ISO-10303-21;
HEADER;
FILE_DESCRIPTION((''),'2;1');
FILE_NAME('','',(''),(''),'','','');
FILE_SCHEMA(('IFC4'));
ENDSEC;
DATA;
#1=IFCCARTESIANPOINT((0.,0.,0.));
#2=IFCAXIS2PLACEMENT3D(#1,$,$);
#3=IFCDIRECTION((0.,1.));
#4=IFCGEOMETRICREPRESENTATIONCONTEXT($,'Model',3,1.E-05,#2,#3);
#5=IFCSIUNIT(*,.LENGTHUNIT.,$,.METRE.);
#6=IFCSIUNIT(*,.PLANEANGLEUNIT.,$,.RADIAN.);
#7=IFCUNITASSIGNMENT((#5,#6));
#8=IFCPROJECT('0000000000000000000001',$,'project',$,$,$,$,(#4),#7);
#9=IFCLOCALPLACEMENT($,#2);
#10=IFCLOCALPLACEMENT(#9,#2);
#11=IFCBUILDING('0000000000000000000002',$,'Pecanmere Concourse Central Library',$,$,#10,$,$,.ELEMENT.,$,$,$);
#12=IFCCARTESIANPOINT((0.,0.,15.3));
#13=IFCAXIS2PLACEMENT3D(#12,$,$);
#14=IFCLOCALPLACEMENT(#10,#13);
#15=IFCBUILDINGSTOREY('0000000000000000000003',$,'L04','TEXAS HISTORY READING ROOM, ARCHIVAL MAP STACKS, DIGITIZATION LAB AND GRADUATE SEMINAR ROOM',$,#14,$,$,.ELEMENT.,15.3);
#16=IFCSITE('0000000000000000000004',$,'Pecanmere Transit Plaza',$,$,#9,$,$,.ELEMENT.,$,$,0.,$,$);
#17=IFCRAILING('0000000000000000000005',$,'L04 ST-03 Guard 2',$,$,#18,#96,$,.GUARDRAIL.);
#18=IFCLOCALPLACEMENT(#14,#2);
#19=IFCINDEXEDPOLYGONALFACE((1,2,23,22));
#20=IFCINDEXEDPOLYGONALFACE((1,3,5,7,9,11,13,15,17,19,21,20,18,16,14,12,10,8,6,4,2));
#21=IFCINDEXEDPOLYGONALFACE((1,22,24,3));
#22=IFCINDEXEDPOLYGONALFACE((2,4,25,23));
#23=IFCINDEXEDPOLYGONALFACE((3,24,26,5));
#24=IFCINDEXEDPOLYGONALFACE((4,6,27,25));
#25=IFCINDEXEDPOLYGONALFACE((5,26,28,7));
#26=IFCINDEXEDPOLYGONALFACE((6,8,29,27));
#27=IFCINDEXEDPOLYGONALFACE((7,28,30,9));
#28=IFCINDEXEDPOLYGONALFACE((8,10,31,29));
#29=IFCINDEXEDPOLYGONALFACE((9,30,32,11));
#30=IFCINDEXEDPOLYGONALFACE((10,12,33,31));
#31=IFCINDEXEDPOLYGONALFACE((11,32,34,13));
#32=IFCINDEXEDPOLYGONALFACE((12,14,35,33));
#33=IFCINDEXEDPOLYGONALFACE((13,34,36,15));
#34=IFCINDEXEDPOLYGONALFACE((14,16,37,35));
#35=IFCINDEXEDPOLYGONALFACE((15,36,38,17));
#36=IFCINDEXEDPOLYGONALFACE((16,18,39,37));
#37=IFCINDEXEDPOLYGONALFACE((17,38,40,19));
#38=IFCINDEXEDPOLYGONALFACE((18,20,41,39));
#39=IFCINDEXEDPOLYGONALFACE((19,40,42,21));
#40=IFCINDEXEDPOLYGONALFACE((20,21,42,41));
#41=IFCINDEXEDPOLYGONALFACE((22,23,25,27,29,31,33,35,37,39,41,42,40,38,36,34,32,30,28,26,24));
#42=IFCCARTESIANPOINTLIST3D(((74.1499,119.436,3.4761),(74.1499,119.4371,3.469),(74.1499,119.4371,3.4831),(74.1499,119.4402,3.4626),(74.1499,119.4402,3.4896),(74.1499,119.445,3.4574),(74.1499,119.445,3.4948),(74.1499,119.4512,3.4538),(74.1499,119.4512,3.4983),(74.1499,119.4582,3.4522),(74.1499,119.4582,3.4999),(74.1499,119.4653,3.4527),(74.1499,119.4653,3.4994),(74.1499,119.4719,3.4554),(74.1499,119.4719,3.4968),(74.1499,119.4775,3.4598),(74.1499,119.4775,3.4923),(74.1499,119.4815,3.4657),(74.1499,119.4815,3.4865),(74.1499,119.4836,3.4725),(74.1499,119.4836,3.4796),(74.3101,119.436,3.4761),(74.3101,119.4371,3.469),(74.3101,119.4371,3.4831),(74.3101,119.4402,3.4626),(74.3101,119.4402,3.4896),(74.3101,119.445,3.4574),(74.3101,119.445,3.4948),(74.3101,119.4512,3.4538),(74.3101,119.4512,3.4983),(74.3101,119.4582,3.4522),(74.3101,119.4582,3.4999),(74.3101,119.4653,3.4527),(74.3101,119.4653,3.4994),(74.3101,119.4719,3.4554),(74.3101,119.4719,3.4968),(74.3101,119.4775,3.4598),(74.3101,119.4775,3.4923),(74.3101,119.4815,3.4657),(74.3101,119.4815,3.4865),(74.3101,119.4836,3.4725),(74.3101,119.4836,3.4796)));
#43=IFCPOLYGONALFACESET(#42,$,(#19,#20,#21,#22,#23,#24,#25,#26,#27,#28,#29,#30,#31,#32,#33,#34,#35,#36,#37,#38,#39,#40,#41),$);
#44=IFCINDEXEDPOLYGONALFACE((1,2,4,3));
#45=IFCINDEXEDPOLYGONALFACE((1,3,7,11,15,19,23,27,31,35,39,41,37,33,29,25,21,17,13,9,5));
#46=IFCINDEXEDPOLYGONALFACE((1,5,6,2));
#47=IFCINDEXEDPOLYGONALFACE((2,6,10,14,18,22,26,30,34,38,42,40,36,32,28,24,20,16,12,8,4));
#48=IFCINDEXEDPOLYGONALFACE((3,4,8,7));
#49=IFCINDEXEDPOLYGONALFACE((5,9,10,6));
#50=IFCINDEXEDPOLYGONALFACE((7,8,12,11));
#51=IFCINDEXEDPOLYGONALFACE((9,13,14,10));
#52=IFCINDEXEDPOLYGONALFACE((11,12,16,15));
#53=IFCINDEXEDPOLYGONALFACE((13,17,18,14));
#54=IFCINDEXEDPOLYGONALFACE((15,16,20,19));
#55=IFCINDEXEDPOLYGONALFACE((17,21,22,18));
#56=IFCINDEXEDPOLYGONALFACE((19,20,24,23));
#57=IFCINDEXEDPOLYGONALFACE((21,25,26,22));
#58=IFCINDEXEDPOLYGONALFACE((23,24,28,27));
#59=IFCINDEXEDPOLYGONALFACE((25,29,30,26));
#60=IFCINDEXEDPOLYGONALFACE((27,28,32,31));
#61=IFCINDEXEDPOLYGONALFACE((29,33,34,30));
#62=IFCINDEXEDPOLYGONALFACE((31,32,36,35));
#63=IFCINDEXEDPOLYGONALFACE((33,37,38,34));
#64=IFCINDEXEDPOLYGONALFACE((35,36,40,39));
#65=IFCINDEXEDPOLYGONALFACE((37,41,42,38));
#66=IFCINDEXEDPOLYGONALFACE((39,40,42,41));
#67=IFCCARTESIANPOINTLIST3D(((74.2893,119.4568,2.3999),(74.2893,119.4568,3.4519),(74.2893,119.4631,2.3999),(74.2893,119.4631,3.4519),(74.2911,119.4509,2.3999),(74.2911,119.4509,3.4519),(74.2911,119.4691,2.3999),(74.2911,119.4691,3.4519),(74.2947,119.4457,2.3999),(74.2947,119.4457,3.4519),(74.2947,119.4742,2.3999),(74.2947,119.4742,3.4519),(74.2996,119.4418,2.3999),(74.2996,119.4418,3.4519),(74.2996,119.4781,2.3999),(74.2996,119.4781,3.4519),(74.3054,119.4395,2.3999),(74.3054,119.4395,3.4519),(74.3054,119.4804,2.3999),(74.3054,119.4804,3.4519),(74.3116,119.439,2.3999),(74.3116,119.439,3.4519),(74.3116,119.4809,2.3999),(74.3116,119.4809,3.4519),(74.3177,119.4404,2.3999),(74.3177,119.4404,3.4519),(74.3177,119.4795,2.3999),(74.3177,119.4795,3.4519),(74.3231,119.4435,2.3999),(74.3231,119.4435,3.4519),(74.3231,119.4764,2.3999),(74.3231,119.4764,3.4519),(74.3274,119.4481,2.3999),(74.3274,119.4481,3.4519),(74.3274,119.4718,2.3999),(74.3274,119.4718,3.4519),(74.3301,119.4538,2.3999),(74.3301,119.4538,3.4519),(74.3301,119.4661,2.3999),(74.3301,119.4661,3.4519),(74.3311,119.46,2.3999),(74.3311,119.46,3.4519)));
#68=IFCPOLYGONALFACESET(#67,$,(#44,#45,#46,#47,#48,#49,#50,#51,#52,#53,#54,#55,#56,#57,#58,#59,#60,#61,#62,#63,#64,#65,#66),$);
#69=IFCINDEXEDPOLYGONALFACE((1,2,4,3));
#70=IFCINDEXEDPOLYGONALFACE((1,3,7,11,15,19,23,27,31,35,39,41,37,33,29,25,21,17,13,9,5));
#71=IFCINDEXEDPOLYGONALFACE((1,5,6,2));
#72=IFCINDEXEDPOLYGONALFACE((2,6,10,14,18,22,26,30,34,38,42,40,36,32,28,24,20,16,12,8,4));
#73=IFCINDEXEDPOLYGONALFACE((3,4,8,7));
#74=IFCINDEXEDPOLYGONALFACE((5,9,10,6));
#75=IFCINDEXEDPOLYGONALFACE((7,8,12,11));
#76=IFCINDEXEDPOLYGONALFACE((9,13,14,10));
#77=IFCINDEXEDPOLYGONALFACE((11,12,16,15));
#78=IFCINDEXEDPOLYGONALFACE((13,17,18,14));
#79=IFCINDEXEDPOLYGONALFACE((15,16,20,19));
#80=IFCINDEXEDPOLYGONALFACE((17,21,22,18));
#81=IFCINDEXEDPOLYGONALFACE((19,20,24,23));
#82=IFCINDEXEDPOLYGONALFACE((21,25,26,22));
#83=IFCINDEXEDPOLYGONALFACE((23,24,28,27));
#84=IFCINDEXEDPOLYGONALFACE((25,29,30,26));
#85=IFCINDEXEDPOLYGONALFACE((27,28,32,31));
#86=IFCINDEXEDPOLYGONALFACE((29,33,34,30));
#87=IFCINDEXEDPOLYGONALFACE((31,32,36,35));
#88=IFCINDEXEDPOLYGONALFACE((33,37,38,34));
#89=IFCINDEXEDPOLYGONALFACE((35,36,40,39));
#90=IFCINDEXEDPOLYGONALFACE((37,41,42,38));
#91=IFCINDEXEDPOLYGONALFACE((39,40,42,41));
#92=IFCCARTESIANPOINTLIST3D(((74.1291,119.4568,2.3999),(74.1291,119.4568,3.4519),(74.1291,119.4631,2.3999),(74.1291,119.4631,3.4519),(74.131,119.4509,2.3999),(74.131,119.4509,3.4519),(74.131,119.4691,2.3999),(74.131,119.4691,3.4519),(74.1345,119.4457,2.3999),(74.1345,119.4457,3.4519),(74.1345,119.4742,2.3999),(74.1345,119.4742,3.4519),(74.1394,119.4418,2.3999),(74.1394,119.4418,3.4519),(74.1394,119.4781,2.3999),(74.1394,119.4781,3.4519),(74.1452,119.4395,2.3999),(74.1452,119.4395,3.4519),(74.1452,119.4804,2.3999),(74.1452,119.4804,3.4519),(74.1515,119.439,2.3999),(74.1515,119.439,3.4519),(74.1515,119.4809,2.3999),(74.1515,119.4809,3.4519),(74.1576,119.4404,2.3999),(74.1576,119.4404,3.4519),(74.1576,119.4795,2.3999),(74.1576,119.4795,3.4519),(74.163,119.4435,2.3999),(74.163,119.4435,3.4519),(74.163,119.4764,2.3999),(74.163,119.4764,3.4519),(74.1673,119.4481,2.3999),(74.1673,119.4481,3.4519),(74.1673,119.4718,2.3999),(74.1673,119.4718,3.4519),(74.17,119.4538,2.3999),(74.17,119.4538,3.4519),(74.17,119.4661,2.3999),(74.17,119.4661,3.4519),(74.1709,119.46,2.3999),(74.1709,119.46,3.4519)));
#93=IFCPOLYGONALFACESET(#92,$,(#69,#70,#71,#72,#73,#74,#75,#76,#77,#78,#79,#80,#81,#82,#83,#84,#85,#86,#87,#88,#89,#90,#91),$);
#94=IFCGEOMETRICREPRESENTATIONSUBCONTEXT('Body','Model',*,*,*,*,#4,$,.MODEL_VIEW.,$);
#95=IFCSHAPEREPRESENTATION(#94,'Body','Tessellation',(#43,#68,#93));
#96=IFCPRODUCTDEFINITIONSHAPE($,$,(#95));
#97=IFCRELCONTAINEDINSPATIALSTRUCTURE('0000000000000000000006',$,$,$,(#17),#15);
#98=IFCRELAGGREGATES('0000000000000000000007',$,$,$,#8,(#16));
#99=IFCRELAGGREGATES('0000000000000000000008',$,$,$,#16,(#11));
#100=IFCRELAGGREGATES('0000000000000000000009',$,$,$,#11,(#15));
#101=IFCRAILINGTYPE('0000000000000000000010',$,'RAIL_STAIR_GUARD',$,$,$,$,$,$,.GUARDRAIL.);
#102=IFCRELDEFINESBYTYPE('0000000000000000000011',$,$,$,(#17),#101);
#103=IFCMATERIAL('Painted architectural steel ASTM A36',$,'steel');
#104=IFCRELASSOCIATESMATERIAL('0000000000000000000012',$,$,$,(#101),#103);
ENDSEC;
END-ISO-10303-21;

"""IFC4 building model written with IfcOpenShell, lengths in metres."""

from ifc_helpers import new_model, si_unit, direction, frame, origin, origin_2d, place, context, subcontext, project, spatial, circle, extrude, material, type_object, element, save


model = new_model("IFC4")

# Units and contexts
model_context = context("Model", 3, precision=1e-05, world=origin(), true_north=direction((0.0, 1.0)))
body_context = subcontext(model_context, "Body", "Model", "MODEL_VIEW")
ifc_project = project(units=[si_unit("LENGTHUNIT", "METRE"), si_unit("PLANEANGLEUNIT", "RADIAN")], contexts=[model_context])

# Site, building, storey
site_placement = place(None, origin())
site = spatial("IfcSite", under=ifc_project, at=site_placement, Name="Pecanmere Transit Plaza", CompositionType="ELEMENT", RefElevation=0.0)
building_placement = place(site_placement, origin())
building = spatial("IfcBuilding", under=site, at=building_placement, Name="Pecanmere Concourse Central Library", CompositionType="ELEMENT")
storey_placement = place(building_placement, frame((0.0, 0.0, 15.3)))
storey = spatial("IfcBuildingStorey", under=building, at=storey_placement, Name="L04", Description="TEXAS HISTORY READING ROOM, ARCHIVAL MAP STACKS, DIGITIZATION LAB AND GRADUATE SEMINAR ROOM", CompositionType="ELEMENT", Elevation=15.3)

# Railing
ifc_material_1 = material(Name="Painted architectural steel ASTM A36", Category="steel")
railing_type_1 = type_object("IfcRailingType", Name="RAIL_STAIR_GUARD", PredefinedType="GUARDRAIL", material=ifc_material_1)
railing_1_placement = place(storey_placement, frame((74.3101, 119.46, 2.3999)))
element("IfcRailing", 1, at=railing_1_placement, inside=storey, type_object=railing_type_1, Name="L04 ST-03 Guard 2", PredefinedType="GUARDRAIL", context=body_context, shape_type="SweptSolid", body=[
    extrude(circle(Radius=0.0239, at=origin_2d()), frame((0.0, 0.0, 1.0762), z_axis=(-1.0, 0.0, 0.0), x_axis=(0.0, -1.0, 0.0)), (0.0, 0.0, 1.0), 0.1602),
    extrude(circle(Radius=0.021, at=origin_2d()), origin(), (0.0, 0.0, 1.0), 1.052),
    extrude(circle(Radius=0.021, at=origin_2d()), frame((-0.1602, 0.0, 0.0)), (0.0, 0.0, 1.0), 1.052),
])

save(model, "model.ifc")
